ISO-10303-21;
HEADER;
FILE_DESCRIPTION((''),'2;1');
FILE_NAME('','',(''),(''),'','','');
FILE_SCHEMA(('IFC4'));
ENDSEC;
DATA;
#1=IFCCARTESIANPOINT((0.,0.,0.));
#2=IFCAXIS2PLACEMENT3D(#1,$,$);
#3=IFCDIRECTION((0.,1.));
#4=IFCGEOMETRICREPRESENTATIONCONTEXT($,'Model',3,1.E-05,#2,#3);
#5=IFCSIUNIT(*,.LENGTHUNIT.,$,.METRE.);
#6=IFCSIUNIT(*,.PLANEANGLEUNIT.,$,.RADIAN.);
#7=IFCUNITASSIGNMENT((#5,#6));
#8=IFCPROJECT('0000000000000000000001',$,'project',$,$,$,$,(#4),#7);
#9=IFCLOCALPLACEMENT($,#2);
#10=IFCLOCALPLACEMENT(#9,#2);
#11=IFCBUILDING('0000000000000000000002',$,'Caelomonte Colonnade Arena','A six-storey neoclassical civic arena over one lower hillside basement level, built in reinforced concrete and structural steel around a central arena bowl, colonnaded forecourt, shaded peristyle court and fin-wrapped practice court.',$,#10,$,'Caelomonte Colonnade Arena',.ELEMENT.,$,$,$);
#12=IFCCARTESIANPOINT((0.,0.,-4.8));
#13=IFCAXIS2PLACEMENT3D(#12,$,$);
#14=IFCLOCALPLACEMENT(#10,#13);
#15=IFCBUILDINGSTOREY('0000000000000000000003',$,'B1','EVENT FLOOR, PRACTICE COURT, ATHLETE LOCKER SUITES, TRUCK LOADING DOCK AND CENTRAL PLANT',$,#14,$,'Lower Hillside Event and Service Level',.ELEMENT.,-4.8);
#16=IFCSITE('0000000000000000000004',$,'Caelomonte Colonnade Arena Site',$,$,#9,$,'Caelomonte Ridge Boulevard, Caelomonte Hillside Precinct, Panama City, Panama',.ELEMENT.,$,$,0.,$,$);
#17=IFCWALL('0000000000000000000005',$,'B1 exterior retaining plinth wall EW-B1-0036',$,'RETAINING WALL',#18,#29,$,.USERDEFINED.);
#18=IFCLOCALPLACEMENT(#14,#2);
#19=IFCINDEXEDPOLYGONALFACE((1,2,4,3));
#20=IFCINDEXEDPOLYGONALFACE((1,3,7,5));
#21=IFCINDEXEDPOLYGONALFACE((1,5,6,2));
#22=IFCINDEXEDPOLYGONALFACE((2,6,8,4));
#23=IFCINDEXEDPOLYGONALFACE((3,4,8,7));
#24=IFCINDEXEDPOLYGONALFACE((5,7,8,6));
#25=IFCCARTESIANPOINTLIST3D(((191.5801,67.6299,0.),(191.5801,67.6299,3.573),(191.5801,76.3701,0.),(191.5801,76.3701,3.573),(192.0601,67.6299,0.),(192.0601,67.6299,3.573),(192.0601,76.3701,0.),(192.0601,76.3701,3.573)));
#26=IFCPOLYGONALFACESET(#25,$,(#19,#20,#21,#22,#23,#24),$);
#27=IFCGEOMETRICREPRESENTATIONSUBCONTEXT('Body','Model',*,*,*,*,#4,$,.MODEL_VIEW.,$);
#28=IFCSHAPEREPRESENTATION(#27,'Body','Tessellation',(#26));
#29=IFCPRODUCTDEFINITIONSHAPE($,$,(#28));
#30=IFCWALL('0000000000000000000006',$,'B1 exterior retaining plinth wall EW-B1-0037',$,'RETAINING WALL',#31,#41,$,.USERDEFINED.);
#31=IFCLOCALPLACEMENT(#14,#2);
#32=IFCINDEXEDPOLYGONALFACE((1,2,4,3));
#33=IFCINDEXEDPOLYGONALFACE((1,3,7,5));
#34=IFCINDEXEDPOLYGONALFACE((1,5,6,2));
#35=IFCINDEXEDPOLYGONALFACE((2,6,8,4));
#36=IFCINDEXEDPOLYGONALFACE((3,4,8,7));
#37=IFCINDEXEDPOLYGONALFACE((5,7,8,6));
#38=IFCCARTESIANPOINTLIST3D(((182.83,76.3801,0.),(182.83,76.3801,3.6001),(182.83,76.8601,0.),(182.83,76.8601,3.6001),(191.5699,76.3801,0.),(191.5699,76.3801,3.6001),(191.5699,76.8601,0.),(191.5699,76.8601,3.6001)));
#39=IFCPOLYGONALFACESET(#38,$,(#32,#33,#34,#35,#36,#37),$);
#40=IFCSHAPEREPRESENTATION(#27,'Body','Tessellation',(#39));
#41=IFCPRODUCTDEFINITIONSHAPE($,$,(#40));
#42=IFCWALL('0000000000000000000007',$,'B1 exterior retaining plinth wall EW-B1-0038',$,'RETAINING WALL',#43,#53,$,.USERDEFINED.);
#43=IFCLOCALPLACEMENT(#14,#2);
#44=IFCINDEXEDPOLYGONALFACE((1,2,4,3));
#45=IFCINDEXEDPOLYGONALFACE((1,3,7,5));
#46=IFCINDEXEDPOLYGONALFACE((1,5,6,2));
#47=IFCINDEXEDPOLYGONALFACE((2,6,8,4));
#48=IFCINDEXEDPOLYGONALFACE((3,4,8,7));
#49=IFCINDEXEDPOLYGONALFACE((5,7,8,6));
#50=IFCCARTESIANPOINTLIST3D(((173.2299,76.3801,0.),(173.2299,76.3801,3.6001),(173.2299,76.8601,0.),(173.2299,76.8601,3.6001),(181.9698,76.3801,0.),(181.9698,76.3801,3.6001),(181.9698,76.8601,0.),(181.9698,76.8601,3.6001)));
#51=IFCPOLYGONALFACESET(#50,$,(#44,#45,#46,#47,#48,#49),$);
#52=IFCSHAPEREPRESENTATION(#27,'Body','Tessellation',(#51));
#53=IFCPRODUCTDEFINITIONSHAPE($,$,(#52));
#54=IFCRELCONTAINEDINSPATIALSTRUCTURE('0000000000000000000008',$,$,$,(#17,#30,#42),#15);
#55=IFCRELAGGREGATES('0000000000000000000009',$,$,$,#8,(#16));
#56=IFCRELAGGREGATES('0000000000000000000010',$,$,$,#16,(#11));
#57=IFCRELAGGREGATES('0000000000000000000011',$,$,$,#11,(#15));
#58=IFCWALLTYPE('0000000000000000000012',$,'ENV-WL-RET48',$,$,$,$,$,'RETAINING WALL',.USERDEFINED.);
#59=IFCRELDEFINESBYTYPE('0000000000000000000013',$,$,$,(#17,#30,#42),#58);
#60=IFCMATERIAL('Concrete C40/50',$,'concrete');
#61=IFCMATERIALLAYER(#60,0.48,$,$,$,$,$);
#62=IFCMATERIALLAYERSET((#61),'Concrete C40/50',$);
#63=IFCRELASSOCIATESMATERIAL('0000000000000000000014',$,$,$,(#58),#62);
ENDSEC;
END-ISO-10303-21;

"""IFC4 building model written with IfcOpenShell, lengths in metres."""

from ifc_helpers import new_model, si_unit, direction, frame, frame_2d, origin, place, context, subcontext, project, spatial, rectangle, extrude, material, layer, layer_set, type_object, element, save


model = new_model("IFC4")

# Units and contexts
model_context = context("Model", 3, precision=1e-05, world=origin(), true_north=direction((0.0, 1.0)))
body_context = subcontext(model_context, "Body", "Model", "MODEL_VIEW")
ifc_project = project(units=[si_unit("LENGTHUNIT", "METRE"), si_unit("PLANEANGLEUNIT", "RADIAN")], contexts=[model_context])

# Site, building, storey
site_placement = place(None, origin())
site = spatial("IfcSite", under=ifc_project, at=site_placement, Name="Caelomonte Colonnade Arena Site", LongName="Caelomonte Ridge Boulevard, Caelomonte Hillside Precinct, Panama City, Panama", CompositionType="ELEMENT", RefElevation=0.0)
building_placement = place(site_placement, origin())
building = spatial("IfcBuilding", under=site, at=building_placement, Name="Caelomonte Colonnade Arena", Description="A six-storey neoclassical civic arena over one lower hillside basement level, built in reinforced concrete and structural steel around a central arena bowl, colonnaded forecourt, shaded peristyle court and fin-wrapped practice court.", LongName="Caelomonte Colonnade Arena", CompositionType="ELEMENT")
storey_placement = place(building_placement, frame((0.0, 0.0, -4.8)))
storey = spatial("IfcBuildingStorey", under=building, at=storey_placement, Name="B1", Description="EVENT FLOOR, PRACTICE COURT, ATHLETE LOCKER SUITES, TRUCK LOADING DOCK AND CENTRAL PLANT", LongName="Lower Hillside Event and Service Level", CompositionType="ELEMENT", Elevation=-4.8)

# Shared definitions
ifc_material_1 = material(Name="Concrete C40/50", Category="concrete")

# Walls
ifc_layer = layer(ifc_material_1, 0.48)
ifc_layer_set = layer_set([ifc_layer], Name="Concrete C40/50")
wall_type = type_object("IfcWallType", Name="ENV-WL-RET48", ElementType="RETAINING WALL", PredefinedType="USERDEFINED", material=ifc_layer_set)
wall_1_placement = place(storey_placement, frame((191.8201, 67.6299, 0.0), z_axis=(0.0, 0.0, 1.0), x_axis=(0.0, 1.0, 0.0)))
element("IfcWall", 1, at=wall_1_placement, inside=storey, type_object=wall_type, Name="B1 exterior retaining plinth wall EW-B1-0036", ObjectType="RETAINING WALL", PredefinedType="USERDEFINED", context=body_context, shape_type="SweptSolid", body=[
    extrude(rectangle(XDim=8.7402, YDim=0.48, at=frame_2d((4.3701, 0.0))), origin(), (0.0, 0.0, 1.0), 3.573),
])
for number, where, z_axis, x_axis, name in (
    (2, (191.5701, 76.6201, 0.0), (0.0, 0.0, 1.0), (-1.0, 0.0, 0.0), "B1 exterior retaining plinth wall EW-B1-0037"),
    (3, (181.97, 76.6201, 0.0), (0.0, 0.0, 1.0), (-1.0, 0.0, 0.0), "B1 exterior retaining plinth wall EW-B1-0038"),
):
    element("IfcWall", number, at=place(storey_placement, frame(where, z_axis=z_axis, x_axis=x_axis)), inside=storey, type_object=wall_type, Name=name, ObjectType="RETAINING WALL", PredefinedType="USERDEFINED", context=body_context, shape_type="SweptSolid", body=[
        extrude(rectangle(XDim=8.74, YDim=0.48, at=frame_2d((4.3701, 0.0))), origin(), (0.0, 0.0, 1.0), 3.6001),
    ])

save(model, "model.ifc")
